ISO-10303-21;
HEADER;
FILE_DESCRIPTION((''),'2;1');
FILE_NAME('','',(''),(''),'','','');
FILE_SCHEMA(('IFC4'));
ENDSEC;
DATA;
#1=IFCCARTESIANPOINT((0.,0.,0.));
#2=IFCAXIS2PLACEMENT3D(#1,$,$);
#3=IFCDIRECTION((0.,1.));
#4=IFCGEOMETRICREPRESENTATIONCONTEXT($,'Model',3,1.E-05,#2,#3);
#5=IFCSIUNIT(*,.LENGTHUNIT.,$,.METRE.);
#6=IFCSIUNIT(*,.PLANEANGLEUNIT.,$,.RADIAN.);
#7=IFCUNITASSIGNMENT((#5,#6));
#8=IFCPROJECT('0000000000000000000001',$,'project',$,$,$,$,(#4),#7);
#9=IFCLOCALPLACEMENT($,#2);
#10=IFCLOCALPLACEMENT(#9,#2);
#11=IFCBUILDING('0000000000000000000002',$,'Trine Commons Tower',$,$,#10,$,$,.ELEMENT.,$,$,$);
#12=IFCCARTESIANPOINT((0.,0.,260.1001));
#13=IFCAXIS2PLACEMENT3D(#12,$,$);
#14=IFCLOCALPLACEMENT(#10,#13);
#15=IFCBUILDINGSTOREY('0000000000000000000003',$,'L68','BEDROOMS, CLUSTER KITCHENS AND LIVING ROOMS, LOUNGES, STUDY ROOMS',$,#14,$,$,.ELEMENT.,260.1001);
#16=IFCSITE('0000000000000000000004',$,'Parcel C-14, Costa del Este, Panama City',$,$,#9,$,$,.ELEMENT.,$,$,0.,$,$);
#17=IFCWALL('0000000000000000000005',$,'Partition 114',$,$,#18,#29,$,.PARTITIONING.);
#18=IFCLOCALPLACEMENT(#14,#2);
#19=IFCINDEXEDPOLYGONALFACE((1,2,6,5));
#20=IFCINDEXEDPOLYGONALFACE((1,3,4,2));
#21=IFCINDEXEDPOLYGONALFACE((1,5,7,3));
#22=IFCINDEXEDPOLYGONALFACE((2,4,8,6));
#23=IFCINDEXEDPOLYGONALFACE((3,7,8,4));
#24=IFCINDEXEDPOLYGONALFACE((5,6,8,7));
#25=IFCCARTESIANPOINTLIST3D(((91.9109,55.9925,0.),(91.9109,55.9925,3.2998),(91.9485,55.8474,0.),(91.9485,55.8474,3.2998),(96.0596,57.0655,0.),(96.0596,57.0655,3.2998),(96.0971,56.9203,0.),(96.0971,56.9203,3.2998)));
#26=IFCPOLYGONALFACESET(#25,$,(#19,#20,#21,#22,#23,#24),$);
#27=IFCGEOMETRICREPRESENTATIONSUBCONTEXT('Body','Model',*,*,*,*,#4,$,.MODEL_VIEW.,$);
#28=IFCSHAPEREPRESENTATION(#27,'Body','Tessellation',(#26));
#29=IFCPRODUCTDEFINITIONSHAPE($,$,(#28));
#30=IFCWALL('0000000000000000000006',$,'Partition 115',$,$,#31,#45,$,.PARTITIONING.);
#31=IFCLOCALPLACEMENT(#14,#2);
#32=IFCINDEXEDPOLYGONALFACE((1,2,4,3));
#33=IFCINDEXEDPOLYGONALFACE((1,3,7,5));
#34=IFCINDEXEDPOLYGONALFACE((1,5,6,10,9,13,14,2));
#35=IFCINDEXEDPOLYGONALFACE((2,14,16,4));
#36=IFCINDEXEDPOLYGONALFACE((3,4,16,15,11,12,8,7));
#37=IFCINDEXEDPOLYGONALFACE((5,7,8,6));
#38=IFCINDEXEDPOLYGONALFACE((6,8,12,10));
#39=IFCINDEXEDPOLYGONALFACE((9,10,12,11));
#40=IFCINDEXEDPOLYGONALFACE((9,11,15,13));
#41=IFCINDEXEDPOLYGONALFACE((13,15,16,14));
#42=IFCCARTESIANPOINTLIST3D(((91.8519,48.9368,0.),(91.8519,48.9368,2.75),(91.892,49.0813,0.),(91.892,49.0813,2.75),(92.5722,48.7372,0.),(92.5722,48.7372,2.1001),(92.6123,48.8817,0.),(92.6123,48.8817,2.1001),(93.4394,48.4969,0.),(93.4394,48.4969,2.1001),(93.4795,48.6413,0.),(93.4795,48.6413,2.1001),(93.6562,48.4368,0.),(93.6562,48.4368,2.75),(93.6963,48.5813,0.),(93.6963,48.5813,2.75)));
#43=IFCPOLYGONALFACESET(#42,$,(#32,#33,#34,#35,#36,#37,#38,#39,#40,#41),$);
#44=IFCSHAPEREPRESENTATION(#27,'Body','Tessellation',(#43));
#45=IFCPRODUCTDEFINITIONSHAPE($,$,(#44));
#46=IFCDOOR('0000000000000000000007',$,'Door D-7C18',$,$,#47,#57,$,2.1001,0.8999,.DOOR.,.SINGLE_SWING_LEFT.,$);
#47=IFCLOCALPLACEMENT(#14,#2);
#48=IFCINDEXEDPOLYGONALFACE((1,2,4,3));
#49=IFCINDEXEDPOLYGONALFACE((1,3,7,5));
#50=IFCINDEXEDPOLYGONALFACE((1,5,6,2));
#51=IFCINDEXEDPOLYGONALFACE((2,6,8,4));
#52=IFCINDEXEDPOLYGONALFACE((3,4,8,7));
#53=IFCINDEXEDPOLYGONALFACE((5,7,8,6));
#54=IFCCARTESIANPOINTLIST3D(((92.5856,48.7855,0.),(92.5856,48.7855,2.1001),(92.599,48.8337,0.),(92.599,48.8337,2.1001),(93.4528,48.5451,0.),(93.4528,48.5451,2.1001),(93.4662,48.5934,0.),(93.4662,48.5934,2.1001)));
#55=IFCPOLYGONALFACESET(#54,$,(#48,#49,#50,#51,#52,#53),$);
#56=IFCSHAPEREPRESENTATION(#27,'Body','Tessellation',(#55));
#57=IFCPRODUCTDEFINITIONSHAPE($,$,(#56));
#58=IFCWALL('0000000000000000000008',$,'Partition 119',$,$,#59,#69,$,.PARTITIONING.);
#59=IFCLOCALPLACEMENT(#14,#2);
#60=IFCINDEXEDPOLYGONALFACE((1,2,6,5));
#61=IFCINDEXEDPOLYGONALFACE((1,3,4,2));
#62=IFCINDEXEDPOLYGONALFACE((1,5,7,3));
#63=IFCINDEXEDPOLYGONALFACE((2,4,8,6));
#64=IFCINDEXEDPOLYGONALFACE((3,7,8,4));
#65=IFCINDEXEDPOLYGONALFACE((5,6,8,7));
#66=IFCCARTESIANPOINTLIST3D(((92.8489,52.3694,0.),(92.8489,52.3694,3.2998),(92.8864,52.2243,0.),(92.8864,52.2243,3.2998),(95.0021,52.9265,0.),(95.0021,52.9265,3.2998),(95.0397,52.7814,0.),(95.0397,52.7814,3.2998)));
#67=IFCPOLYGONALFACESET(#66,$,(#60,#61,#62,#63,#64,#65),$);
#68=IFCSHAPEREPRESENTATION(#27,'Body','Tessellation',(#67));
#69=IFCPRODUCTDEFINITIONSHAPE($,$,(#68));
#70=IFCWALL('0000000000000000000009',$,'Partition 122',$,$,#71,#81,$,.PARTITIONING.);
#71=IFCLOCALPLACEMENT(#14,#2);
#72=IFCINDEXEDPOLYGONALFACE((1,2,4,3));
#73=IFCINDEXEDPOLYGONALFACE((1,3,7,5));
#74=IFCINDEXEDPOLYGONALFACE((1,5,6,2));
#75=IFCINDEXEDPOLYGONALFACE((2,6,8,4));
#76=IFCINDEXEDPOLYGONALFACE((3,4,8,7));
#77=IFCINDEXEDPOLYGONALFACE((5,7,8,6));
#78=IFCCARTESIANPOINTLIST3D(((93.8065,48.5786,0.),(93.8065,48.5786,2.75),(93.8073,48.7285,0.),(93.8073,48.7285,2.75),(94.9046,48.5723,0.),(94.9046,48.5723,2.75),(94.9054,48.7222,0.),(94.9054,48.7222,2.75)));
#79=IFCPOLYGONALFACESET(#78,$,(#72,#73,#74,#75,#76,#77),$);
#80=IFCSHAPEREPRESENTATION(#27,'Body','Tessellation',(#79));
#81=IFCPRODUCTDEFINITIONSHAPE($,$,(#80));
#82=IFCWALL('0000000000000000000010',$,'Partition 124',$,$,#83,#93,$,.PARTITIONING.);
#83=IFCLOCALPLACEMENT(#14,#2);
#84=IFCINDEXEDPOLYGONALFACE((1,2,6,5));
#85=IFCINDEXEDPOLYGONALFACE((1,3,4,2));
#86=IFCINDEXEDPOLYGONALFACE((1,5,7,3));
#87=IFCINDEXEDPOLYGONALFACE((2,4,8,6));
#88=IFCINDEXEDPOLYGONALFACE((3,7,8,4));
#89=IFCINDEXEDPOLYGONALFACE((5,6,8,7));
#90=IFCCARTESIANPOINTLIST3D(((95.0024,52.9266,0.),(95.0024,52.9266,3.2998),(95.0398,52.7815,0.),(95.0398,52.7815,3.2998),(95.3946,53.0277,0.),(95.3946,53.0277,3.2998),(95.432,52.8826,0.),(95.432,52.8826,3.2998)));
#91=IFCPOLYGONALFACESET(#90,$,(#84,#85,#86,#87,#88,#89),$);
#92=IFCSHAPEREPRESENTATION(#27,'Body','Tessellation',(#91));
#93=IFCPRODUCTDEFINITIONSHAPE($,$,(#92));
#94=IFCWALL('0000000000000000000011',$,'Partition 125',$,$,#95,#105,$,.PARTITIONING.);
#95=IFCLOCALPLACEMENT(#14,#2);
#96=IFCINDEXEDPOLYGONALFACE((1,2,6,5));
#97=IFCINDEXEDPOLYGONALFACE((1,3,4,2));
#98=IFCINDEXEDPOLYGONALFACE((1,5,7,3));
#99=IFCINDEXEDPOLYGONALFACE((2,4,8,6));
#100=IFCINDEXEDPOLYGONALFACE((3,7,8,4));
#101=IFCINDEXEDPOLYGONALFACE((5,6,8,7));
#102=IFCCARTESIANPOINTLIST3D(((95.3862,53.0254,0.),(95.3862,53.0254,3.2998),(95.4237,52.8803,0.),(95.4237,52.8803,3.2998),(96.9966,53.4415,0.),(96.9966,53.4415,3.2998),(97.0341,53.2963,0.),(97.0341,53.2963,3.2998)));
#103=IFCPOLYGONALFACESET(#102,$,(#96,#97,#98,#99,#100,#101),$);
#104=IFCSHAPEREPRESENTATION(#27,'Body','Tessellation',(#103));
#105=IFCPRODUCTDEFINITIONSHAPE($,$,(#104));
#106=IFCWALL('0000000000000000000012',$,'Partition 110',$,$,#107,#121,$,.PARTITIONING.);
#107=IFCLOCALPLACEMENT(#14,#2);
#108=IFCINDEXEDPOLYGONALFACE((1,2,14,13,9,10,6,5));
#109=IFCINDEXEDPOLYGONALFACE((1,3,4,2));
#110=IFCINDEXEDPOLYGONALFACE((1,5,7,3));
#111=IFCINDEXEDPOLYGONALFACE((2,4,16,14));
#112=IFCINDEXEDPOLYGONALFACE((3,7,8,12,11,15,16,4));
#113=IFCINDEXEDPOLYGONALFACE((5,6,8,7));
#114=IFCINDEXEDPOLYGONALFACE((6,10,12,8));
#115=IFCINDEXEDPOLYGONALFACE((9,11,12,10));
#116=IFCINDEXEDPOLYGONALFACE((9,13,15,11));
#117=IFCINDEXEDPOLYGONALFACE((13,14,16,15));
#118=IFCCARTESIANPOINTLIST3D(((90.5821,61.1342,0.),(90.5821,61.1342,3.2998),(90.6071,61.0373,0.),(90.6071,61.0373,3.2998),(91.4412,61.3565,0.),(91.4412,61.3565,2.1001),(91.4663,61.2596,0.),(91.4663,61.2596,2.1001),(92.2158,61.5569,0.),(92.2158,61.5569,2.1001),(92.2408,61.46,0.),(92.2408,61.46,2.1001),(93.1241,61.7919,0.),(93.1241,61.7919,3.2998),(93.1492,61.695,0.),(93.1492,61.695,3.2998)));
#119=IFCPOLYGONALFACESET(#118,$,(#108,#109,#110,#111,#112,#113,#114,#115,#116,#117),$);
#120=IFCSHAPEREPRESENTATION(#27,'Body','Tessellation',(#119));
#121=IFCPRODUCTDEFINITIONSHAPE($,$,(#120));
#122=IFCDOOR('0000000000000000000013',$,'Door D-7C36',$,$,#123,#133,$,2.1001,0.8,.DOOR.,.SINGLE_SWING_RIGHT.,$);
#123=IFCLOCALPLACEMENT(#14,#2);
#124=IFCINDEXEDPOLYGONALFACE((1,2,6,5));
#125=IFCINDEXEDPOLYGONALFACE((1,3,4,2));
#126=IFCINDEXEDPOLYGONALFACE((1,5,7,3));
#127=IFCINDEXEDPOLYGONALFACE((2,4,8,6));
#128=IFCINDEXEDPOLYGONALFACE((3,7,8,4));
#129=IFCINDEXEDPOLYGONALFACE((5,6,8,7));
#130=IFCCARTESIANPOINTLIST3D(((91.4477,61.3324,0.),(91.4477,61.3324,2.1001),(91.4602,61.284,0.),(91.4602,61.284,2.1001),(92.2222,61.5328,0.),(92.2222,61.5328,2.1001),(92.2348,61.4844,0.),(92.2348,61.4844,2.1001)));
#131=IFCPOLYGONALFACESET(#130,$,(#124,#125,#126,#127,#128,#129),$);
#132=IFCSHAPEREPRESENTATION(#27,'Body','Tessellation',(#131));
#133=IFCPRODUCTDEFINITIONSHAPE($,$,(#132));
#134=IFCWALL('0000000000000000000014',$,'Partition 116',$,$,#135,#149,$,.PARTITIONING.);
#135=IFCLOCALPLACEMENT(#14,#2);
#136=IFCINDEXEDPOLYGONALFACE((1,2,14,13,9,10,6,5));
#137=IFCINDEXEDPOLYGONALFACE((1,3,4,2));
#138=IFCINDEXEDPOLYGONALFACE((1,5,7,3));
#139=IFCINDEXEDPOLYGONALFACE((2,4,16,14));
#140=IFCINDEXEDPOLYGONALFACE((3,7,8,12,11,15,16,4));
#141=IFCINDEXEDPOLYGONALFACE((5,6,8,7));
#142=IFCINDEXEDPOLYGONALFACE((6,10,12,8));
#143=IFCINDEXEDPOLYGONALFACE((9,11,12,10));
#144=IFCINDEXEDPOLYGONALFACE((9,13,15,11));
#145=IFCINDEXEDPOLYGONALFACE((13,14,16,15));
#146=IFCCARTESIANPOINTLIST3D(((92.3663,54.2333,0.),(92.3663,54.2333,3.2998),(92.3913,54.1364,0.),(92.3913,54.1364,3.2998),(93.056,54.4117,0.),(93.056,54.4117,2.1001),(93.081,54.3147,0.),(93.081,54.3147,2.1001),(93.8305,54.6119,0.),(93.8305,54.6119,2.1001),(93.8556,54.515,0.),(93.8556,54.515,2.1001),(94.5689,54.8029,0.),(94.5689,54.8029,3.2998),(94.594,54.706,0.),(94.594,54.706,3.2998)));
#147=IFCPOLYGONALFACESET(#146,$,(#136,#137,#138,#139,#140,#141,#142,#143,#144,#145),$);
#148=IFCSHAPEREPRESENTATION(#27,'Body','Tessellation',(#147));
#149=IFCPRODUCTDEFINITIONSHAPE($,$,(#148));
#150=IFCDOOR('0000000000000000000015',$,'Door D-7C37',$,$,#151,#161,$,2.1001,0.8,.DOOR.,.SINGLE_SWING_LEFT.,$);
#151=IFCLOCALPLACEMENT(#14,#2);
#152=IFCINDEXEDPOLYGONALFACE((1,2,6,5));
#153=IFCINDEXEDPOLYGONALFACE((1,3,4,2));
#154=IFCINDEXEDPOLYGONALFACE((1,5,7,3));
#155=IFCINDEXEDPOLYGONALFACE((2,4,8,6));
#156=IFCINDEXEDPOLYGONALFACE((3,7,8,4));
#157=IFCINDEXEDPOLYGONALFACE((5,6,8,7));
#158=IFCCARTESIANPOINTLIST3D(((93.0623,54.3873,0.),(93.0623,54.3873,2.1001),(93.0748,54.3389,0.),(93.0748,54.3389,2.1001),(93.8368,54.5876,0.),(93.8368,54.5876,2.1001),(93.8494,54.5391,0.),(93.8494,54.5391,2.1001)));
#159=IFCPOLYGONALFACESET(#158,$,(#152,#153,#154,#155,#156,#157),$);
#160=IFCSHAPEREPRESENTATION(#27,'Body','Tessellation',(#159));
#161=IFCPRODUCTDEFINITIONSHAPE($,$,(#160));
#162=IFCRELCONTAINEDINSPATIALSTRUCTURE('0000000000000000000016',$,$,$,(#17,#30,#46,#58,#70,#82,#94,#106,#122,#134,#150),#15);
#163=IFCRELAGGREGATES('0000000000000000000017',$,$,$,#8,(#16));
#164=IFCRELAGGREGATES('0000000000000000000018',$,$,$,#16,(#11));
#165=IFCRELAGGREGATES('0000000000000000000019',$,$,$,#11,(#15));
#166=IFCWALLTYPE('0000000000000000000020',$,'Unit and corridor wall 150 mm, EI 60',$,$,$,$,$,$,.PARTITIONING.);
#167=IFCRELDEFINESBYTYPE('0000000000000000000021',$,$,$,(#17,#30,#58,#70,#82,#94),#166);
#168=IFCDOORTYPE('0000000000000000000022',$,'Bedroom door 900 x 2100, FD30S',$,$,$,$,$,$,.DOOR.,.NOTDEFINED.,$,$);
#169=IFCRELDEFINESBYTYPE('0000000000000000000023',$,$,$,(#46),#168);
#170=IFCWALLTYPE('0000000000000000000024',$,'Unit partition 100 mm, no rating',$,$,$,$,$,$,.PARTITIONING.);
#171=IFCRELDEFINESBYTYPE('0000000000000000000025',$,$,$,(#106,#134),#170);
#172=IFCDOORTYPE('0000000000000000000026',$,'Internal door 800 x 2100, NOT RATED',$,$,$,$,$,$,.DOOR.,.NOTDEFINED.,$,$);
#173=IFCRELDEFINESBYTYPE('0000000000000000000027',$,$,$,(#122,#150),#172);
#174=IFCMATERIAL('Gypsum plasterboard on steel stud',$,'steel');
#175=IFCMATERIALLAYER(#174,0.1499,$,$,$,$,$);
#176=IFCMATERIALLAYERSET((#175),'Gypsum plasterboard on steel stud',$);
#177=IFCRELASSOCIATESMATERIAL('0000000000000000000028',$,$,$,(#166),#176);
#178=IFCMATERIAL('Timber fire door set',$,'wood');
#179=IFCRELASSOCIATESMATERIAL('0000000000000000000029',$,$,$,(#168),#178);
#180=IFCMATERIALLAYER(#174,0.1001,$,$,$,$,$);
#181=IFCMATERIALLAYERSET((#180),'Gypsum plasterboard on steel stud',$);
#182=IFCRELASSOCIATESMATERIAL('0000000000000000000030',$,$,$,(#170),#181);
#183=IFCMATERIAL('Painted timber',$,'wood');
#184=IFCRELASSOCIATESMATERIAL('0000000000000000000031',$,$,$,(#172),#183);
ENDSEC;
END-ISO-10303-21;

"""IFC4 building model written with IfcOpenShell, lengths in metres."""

from ifc_helpers import new_model, si_unit, direction, frame, frame_2d, origin, place, context, subcontext, project, spatial, rectangle, extrude, material, layer, layer_set, type_object, element, fill, save


model = new_model("IFC4")

# Units and contexts
model_context = context("Model", 3, precision=1e-05, world=origin(), true_north=direction((0.0, 1.0)))
body_context = subcontext(model_context, "Body", "Model", "MODEL_VIEW")
ifc_project = project(units=[si_unit("LENGTHUNIT", "METRE"), si_unit("PLANEANGLEUNIT", "RADIAN")], contexts=[model_context])

# Site, building, storey
site_placement = place(None, origin())
site = spatial("IfcSite", under=ifc_project, at=site_placement, Name="Parcel C-14, Costa del Este, Panama City", CompositionType="ELEMENT", RefElevation=0.0)
building_placement = place(site_placement, origin())
building = spatial("IfcBuilding", under=site, at=building_placement, Name="Trine Commons Tower", CompositionType="ELEMENT")
storey_placement = place(building_placement, frame((0.0, 0.0, 260.1001)))
storey = spatial("IfcBuildingStorey", under=building, at=storey_placement, Name="L68", Description="BEDROOMS, CLUSTER KITCHENS AND LIVING ROOMS, LOUNGES, STUDY ROOMS", CompositionType="ELEMENT", Elevation=260.1001)

# Wall
ifc_material_1 = material(Name="Gypsum plasterboard on steel stud", Category="steel")
ifc_layer_1 = layer(ifc_material_1, 0.1499)
ifc_layer_set_1 = layer_set([ifc_layer_1], Name="Gypsum plasterboard on steel stud")
wall_type_1 = type_object("IfcWallType", Name="Unit and corridor wall 150 mm, EI 60", PredefinedType="PARTITIONING", material=ifc_layer_set_1)
wall_1_placement = place(storey_placement, frame((91.9297, 55.9199, 0.0), z_axis=(0.0, 0.0, 1.0), x_axis=(0.968143, 0.250397, 0.0)))
element("IfcWall", 1, at=wall_1_placement, inside=storey, type_object=wall_type_1, Name="Partition 114", PredefinedType="PARTITIONING", context=body_context, shape_type="SweptSolid", body=[
    extrude(rectangle(XDim=4.2852, YDim=0.1499, at=frame_2d((2.1426, 0.0))), origin(), (0.0, 0.0, 1.0), 3.2998),
])

# Wall, opening, door
wall_2_placement = place(storey_placement, frame((91.8721, 49.009, 0.0), z_axis=(0.0, 0.0, 1.0), x_axis=(0.963678, -0.267065, 0.0)))
wall_2 = element("IfcWall", 2, at=wall_2_placement, inside=storey, type_object=wall_type_1, Name="Partition 115", PredefinedType="PARTITIONING", context=body_context, shape_type="SweptSolid", body=[
    extrude(rectangle(XDim=1.8723, YDim=0.1499, at=frame_2d((0.936, 0.0))), origin(), (0.0, 0.0, 1.0), 2.75),
])
opening_1_placement = place(wall_2_placement, frame((0.7473, 0.0, 0.0)))
opening_1 = element("IfcOpeningElement", 3, at=opening_1_placement, cuts=wall_2, PredefinedType="OPENING", context=body_context, shape_type="SweptSolid", body=[
    extrude(rectangle(XDim=0.8999, YDim=2.1001, at=frame_2d((0.45, 1.05))), frame((0.0, 0.085, 0.0), z_axis=(0.0, -1.0, 0.0), x_axis=(1.0, 0.0, 0.0)), (0.0, 0.0, 1.0), 0.1699),
])
ifc_material_2 = material(Name="Timber fire door set", Category="wood")
door_type_1 = type_object("IfcDoorType", Name="Bedroom door 900 x 2100, FD30S", OperationType="NOTDEFINED", PredefinedType="DOOR", material=ifc_material_2)
door_1_placement = place(opening_1_placement, frame((0.8999, 0.0, 0.0), z_axis=(0.0, 0.0, 1.0), x_axis=(-1.0, 0.0, 0.0)))
door_1 = element("IfcDoor", 4, at=door_1_placement, inside=storey, type_object=door_type_1, Name="Door D-7C18", OperationType="SINGLE_SWING_LEFT", OverallHeight=2.1001, OverallWidth=0.8999, PredefinedType="DOOR", context=body_context, shape_type="SweptSolid", body=[
    extrude(rectangle(XDim=0.8999, YDim=2.1001, at=frame_2d((0.45, 1.05))), frame((0.0, 0.0249, 0.0), z_axis=(0.0, -1.0, 0.0), x_axis=(1.0, 0.0, 0.0)), (0.0, 0.0, 1.0), 0.05),
])
fill(opening_1, door_1)

# Walls
wall_3_placement = place(storey_placement, frame((92.8677, 52.2969, 0.0), z_axis=(0.0, 0.0, 1.0), x_axis=(0.968121, 0.250482, 0.0)))
element("IfcWall", 5, at=wall_3_placement, inside=storey, type_object=wall_type_1, Name="Partition 119", PredefinedType="PARTITIONING", context=body_context, shape_type="SweptSolid", body=[
    extrude(rectangle(XDim=2.2241, YDim=0.1499, at=frame_2d((1.1121, 0.0))), origin(), (0.0, 0.0, 1.0), 3.2998),
])
wall_4_placement = place(storey_placement, frame((93.8069, 48.6536, 0.0), z_axis=(0.0, 0.0, 1.0), x_axis=(0.999983, -0.00578, 0.0)))
element("IfcWall", 6, at=wall_4_placement, inside=storey, type_object=wall_type_1, Name="Partition 122", PredefinedType="PARTITIONING", context=body_context, shape_type="SweptSolid", body=[
    extrude(rectangle(XDim=1.0981, YDim=0.1499, at=frame_2d((0.5491, 0.0))), origin(), (0.0, 0.0, 1.0), 2.75),
])
wall_5_placement = place(storey_placement, frame((95.021, 52.854, 0.0), z_axis=(0.0, 0.0, 1.0), x_axis=(0.968343, 0.249623, 0.0)))
element("IfcWall", 7, at=wall_5_placement, inside=storey, type_object=wall_type_1, Name="Partition 124", PredefinedType="PARTITIONING", context=body_context, shape_type="SweptSolid", body=[
    extrude(rectangle(XDim=0.405, YDim=0.1499, at=frame_2d((0.2026, 0.0))), origin(), (0.0, 0.0, 1.0), 3.2998),
])
wall_6_placement = place(storey_placement, frame((95.405, 52.9529, 0.0), z_axis=(0.0, 0.0, 1.0), x_axis=(0.968213, 0.250127, 0.0)))
element("IfcWall", 8, at=wall_6_placement, inside=storey, type_object=wall_type_1, Name="Partition 125", PredefinedType="PARTITIONING", context=body_context, shape_type="SweptSolid", body=[
    extrude(rectangle(XDim=1.6633, YDim=0.1499, at=frame_2d((0.8315, 0.0))), origin(), (0.0, 0.0, 1.0), 3.2998),
])

# Walls, openings, doors
ifc_layer_2 = layer(ifc_material_1, 0.1001)
ifc_layer_set_2 = layer_set([ifc_layer_2], Name="Gypsum plasterboard on steel stud")
wall_type_2 = type_object("IfcWallType", Name="Unit partition 100 mm, no rating", PredefinedType="PARTITIONING", material=ifc_layer_set_2)
wall_7_placement = place(storey_placement, frame((90.5945, 61.0857, 0.0), z_axis=(0.0, 0.0, 1.0), x_axis=(0.968119, 0.250491, 0.0)))
wall_7 = element("IfcWall", 9, at=wall_7_placement, inside=storey, type_object=wall_type_2, Name="Partition 110", PredefinedType="PARTITIONING", context=body_context, shape_type="SweptSolid", body=[
    extrude(rectangle(XDim=2.6257, YDim=0.1001, at=frame_2d((1.313, 0.0))), origin(), (0.0, 0.0, 1.0), 3.2998),
])
opening_2_placement = place(wall_7_placement, frame((0.8877, 0.0, 0.0)))
opening_2 = element("IfcOpeningElement", 10, at=opening_2_placement, cuts=wall_7, PredefinedType="OPENING", context=body_context, shape_type="SweptSolid", body=[
    extrude(rectangle(XDim=0.8, YDim=2.1001, at=frame_2d((0.3999, 1.05))), frame((0.0, 0.0601, 0.0), z_axis=(0.0, -1.0, 0.0), x_axis=(1.0, 0.0, 0.0)), (0.0, 0.0, 1.0), 0.1201),
])
ifc_material_3 = material(Name="Painted timber", Category="wood")
door_type_2 = type_object("IfcDoorType", Name="Internal door 800 x 2100, NOT RATED", OperationType="NOTDEFINED", PredefinedType="DOOR", material=ifc_material_3)
door_2_placement = place(opening_2_placement, frame((0.8, 0.0, 0.0), z_axis=(0.0, 0.0, 1.0), x_axis=(-1.0, 0.0, 0.0)))
door_2 = element("IfcDoor", 11, at=door_2_placement, inside=storey, type_object=door_type_2, Name="Door D-7C36", OperationType="SINGLE_SWING_RIGHT", OverallHeight=2.1001, OverallWidth=0.8, PredefinedType="DOOR", context=body_context, shape_type="SweptSolid", body=[
    extrude(rectangle(XDim=0.8, YDim=2.1001, at=frame_2d((0.3999, 1.05))), frame((0.0, 0.0249, 0.0), z_axis=(0.0, -1.0, 0.0), x_axis=(1.0, 0.0, 0.0)), (0.0, 0.0, 1.0), 0.05),
])
fill(opening_2, door_2)
wall_8_placement = place(storey_placement, frame((92.3787, 54.1848, 0.0), z_axis=(0.0, 0.0, 1.0), x_axis=(0.968154, 0.250355, 0.0)))
wall_8 = element("IfcWall", 12, at=wall_8_placement, inside=storey, type_object=wall_type_2, Name="Partition 116", PredefinedType="PARTITIONING", context=body_context, shape_type="SweptSolid", body=[
    extrude(rectangle(XDim=2.2751, YDim=0.1001, at=frame_2d((1.1377, 0.0))), origin(), (0.0, 0.0, 1.0), 3.2998),
])
opening_3_placement = place(wall_8_placement, frame((0.7126, 0.0, 0.0)))
opening_3 = element("IfcOpeningElement", 13, at=opening_3_placement, cuts=wall_8, PredefinedType="OPENING", context=body_context, shape_type="SweptSolid", body=[
    extrude(rectangle(XDim=0.8, YDim=2.1001, at=frame_2d((0.3999, 1.05))), frame((0.0, 0.0601, 0.0), z_axis=(0.0, -1.0, 0.0), x_axis=(1.0, 0.0, 0.0)), (0.0, 0.0, 1.0), 0.1201),
])
door_3_placement = place(opening_3_placement, origin())
door_3 = element("IfcDoor", 14, at=door_3_placement, inside=storey, type_object=door_type_2, Name="Door D-7C37", OperationType="SINGLE_SWING_LEFT", OverallHeight=2.1001, OverallWidth=0.8, PredefinedType="DOOR", context=body_context, shape_type="SweptSolid", body=[
    extrude(rectangle(XDim=0.8, YDim=2.1001, at=frame_2d((0.3999, 1.05))), frame((0.0, 0.0249, 0.0), z_axis=(0.0, -1.0, 0.0), x_axis=(1.0, 0.0, 0.0)), (0.0, 0.0, 1.0), 0.05),
])
fill(opening_3, door_3)

save(model, "model.ifc")
